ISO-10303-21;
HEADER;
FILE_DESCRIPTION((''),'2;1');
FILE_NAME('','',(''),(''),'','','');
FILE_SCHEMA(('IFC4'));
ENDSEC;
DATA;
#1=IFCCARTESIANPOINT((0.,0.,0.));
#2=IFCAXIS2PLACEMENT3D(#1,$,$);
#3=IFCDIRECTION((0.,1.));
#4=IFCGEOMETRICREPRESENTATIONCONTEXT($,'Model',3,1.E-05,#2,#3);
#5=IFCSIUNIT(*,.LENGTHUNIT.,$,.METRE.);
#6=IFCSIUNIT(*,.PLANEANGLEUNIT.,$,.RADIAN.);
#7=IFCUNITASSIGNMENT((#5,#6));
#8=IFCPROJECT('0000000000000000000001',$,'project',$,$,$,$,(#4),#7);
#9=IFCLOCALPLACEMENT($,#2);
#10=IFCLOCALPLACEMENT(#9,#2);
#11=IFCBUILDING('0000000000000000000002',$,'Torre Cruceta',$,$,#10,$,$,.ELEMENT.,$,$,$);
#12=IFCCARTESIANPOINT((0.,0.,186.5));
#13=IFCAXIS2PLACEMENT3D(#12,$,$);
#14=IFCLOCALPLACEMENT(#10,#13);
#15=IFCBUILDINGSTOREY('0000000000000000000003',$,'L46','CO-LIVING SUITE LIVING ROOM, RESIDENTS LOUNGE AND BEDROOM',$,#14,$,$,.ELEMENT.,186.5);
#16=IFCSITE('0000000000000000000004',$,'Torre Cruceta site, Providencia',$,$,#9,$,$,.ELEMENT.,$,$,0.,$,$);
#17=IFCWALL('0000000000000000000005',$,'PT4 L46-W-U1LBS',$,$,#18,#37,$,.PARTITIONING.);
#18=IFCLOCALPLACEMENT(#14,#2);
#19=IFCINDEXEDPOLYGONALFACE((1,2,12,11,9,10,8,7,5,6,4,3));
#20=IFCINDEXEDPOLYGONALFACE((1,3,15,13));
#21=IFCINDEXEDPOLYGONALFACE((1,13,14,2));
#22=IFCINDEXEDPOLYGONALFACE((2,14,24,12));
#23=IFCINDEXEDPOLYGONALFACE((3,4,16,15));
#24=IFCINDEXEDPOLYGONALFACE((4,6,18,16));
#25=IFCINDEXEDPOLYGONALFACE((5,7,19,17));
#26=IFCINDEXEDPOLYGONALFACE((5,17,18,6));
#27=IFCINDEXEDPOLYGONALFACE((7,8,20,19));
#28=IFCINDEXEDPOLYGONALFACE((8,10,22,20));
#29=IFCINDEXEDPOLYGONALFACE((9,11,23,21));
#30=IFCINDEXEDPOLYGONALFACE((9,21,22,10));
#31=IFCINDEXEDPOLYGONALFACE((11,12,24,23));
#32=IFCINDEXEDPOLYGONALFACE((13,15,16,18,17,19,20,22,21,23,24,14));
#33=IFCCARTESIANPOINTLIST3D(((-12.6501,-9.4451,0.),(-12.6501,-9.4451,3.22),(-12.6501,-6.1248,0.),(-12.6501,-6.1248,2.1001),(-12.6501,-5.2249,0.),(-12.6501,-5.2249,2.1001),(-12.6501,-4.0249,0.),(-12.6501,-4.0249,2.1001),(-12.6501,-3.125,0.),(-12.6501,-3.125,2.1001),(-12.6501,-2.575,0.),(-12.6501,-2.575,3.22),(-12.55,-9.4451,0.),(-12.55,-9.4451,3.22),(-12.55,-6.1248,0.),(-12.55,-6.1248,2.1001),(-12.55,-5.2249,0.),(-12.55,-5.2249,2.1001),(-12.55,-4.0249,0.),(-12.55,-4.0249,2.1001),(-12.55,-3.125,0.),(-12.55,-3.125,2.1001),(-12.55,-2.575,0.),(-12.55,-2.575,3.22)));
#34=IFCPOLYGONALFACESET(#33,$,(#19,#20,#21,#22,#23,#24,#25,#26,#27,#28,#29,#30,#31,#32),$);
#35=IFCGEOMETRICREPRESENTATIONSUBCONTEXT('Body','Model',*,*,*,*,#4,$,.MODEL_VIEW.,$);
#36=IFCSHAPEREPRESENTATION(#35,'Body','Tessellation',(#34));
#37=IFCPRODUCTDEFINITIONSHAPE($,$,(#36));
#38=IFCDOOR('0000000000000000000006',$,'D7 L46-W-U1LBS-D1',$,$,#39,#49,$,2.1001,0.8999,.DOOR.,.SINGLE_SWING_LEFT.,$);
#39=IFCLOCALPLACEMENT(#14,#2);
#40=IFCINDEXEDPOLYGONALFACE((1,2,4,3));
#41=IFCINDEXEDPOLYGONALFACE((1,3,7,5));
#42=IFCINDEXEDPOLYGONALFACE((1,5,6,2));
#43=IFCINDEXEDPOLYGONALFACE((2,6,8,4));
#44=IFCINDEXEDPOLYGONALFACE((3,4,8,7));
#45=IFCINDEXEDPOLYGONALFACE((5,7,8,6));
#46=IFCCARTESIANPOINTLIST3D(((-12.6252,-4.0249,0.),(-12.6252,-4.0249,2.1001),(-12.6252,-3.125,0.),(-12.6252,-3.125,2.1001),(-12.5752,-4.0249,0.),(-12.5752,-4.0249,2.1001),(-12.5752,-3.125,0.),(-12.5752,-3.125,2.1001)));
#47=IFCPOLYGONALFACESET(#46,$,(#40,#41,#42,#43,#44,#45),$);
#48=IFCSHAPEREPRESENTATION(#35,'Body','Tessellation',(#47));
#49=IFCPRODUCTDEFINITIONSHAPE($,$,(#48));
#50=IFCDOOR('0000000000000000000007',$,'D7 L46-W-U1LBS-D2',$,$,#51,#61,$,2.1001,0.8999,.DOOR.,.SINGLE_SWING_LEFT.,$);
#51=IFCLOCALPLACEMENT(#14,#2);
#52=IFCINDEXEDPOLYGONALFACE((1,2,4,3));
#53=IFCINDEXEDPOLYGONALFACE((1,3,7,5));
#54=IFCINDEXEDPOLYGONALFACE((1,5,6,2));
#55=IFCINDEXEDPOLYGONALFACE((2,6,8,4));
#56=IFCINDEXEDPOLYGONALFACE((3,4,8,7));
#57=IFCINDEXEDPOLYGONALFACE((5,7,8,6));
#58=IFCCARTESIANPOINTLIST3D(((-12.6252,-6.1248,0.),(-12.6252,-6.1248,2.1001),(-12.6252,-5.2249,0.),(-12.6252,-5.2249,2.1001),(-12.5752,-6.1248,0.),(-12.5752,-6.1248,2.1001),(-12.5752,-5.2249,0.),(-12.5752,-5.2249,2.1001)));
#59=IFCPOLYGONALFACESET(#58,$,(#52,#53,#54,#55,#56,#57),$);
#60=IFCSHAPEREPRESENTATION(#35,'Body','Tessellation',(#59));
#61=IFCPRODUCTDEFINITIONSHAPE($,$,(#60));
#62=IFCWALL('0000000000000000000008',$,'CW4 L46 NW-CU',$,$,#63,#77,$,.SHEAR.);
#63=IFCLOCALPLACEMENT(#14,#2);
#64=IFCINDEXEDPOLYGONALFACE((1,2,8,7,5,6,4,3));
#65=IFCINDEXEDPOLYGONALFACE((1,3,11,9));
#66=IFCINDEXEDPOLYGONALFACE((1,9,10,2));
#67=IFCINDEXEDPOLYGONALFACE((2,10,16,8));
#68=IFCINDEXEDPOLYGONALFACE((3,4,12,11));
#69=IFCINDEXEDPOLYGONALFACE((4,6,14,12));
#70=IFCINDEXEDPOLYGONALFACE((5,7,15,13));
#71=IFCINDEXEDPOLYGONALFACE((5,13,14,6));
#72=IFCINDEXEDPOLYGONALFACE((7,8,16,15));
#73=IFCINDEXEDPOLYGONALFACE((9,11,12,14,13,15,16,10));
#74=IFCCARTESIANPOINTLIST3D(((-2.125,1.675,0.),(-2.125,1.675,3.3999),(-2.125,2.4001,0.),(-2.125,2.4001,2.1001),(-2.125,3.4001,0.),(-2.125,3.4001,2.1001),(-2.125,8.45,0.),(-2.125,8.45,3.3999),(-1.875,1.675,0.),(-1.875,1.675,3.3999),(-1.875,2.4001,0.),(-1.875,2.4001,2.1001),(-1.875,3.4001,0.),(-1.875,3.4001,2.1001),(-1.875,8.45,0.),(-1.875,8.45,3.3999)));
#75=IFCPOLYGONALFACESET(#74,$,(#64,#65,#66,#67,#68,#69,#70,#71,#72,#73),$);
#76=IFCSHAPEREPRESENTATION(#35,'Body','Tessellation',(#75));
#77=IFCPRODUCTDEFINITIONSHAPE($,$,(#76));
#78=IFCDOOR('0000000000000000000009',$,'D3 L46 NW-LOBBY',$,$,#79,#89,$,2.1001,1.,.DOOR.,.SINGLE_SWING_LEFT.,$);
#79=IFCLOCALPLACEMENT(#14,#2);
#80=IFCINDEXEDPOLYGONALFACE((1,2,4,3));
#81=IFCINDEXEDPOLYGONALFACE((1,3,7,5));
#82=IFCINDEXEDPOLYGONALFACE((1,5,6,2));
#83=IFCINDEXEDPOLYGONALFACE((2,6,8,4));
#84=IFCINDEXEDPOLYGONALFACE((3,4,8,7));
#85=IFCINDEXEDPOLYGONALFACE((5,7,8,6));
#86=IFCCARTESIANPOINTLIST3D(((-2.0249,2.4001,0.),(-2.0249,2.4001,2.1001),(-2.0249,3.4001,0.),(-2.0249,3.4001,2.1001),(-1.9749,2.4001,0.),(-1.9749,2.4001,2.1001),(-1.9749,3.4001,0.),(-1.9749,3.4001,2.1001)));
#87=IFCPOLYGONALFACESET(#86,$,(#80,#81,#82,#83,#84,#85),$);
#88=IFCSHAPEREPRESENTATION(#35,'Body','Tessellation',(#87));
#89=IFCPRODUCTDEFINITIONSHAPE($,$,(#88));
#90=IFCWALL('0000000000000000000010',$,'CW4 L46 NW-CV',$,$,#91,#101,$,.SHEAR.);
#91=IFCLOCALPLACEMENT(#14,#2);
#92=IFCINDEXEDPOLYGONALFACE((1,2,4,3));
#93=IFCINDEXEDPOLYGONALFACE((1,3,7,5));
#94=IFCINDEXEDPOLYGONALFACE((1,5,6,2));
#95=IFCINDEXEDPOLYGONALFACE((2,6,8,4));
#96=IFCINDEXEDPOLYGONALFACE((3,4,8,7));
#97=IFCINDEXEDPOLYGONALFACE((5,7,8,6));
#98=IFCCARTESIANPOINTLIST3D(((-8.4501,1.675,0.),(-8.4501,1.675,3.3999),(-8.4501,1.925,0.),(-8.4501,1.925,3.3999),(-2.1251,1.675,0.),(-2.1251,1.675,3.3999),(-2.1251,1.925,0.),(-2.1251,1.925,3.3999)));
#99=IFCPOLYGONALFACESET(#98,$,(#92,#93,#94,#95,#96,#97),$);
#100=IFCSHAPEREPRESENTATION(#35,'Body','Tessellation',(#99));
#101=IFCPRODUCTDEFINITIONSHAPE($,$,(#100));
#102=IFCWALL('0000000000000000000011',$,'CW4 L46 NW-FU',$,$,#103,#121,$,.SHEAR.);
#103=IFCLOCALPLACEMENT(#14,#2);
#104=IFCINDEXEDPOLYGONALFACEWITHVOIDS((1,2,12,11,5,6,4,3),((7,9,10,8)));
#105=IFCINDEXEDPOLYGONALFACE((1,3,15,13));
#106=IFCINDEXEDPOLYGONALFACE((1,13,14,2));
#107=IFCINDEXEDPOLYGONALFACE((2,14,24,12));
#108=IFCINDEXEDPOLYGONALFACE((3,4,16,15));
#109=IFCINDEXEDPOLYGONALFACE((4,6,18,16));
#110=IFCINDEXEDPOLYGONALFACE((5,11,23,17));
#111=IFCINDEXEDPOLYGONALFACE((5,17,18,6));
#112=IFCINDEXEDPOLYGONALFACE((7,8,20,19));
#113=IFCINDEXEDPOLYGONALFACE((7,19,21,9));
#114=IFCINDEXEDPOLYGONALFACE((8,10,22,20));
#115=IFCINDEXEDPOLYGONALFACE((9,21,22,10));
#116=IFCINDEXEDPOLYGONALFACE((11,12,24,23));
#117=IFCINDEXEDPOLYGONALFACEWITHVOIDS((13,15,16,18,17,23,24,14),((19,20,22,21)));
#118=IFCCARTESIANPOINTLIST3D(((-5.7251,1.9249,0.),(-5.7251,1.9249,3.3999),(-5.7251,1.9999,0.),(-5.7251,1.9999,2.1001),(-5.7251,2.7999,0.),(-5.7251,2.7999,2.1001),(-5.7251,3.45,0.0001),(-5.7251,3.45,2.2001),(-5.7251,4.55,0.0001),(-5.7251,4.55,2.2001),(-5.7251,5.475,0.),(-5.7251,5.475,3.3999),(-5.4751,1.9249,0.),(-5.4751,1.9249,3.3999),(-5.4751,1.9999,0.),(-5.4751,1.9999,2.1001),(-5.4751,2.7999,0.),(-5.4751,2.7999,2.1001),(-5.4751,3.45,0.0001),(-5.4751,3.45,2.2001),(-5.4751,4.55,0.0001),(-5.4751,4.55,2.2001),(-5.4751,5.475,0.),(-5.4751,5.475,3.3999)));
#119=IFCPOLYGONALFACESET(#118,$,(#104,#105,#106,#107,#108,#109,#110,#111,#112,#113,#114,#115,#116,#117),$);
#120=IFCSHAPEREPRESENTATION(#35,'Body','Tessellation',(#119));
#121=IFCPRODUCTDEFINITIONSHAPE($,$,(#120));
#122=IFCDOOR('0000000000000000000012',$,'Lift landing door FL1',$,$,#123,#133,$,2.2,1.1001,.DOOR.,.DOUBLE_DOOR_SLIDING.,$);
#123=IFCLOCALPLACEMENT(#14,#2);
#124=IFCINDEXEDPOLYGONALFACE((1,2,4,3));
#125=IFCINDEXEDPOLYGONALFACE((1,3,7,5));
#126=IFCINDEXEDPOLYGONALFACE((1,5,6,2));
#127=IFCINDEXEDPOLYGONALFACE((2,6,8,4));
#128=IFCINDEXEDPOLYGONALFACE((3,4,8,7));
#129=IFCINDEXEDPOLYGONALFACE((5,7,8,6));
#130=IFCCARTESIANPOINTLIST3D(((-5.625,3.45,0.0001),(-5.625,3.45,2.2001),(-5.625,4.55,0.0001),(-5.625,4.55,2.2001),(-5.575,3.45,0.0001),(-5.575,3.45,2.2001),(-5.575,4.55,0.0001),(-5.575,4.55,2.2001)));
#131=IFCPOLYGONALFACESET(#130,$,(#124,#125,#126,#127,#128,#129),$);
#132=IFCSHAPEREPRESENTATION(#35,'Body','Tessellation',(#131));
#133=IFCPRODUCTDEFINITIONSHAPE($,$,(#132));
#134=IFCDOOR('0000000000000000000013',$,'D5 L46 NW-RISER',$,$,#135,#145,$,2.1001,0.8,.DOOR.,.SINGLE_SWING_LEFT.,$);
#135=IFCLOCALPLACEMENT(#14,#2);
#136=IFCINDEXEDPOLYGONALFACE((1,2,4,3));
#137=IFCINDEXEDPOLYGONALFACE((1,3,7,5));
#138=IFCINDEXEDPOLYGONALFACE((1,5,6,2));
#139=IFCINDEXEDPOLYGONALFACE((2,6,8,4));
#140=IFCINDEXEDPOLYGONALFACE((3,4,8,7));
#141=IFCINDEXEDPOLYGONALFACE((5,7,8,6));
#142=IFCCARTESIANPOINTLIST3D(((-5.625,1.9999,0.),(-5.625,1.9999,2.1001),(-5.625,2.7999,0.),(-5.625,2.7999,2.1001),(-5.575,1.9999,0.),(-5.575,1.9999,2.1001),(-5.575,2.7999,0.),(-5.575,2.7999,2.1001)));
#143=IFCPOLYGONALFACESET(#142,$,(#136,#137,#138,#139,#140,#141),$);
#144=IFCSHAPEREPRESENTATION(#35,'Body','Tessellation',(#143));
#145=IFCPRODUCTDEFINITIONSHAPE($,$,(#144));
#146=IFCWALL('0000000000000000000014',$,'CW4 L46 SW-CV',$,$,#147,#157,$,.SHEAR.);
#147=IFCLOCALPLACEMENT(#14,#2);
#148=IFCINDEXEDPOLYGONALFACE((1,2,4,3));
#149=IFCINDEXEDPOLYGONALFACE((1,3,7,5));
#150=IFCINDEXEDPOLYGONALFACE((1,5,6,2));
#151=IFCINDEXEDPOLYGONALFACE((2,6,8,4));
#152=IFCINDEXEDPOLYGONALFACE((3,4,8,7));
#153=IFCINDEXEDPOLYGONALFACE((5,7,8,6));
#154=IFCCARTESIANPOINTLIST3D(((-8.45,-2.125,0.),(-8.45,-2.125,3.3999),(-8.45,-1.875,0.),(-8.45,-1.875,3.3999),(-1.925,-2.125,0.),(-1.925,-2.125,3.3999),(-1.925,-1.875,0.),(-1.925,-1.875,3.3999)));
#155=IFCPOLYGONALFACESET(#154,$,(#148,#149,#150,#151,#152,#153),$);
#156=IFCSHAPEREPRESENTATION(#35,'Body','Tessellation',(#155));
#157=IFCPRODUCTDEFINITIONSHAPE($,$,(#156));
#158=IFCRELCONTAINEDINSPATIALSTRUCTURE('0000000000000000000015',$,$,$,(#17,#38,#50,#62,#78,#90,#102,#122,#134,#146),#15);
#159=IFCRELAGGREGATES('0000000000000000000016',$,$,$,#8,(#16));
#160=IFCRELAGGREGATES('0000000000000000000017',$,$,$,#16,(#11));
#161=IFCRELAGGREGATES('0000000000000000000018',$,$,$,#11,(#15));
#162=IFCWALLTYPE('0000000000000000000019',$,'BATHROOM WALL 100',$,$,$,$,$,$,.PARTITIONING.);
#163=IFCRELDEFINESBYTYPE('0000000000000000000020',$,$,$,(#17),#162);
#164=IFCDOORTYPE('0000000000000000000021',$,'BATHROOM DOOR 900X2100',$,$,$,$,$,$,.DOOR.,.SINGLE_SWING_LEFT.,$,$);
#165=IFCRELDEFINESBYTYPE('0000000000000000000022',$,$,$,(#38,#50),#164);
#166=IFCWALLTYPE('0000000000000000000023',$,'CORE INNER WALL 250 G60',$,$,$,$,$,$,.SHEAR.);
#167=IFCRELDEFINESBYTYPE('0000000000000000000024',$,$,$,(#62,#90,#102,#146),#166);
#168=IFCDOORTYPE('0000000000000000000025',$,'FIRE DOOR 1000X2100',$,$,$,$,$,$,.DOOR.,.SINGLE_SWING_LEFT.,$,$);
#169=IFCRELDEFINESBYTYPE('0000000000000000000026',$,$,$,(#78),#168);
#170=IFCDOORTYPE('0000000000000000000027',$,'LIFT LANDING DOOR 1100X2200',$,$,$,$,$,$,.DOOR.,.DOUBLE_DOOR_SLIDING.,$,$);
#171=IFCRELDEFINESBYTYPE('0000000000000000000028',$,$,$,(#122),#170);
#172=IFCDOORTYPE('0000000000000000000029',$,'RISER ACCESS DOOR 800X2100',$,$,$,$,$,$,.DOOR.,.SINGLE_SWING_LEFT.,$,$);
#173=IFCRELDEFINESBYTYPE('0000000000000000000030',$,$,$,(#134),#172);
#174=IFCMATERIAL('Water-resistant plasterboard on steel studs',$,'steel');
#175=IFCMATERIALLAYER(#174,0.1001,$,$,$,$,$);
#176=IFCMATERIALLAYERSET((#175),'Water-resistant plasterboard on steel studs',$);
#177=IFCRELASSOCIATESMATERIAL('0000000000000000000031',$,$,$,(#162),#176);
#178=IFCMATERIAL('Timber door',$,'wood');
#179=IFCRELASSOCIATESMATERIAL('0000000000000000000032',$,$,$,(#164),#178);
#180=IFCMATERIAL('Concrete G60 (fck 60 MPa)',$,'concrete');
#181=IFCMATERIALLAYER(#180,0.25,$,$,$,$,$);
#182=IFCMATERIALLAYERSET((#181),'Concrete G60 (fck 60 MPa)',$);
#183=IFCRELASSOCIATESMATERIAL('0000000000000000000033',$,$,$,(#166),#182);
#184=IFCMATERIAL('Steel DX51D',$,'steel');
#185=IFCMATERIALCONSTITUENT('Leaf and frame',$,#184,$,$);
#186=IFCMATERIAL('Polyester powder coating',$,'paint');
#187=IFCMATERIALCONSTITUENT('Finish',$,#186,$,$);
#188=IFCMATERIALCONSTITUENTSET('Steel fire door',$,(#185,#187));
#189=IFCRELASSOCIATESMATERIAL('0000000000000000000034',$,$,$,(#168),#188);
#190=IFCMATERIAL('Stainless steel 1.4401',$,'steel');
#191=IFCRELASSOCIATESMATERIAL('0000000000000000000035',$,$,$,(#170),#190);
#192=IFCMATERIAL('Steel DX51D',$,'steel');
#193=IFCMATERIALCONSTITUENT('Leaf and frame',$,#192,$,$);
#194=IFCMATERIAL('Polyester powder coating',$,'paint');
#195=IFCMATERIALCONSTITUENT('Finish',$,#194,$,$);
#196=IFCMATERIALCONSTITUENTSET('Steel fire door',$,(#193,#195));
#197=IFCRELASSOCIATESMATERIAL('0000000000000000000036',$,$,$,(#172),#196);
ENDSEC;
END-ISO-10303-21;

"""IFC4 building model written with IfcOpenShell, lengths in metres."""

from ifc_helpers import new_model, si_unit, direction, frame, frame_2d, origin, place, context, subcontext, project, spatial, rectangle, extrude, material, layer, layer_set, constituent, constituent_set, type_object, element, fill, save


model = new_model("IFC4")

# Units and contexts
model_context = context("Model", 3, precision=1e-05, world=origin(), true_north=direction((0.0, 1.0)))
body_context = subcontext(model_context, "Body", "Model", "MODEL_VIEW")
ifc_project = project(units=[si_unit("LENGTHUNIT", "METRE"), si_unit("PLANEANGLEUNIT", "RADIAN")], contexts=[model_context])

# Site, building, storey
site_placement = place(None, origin())
site = spatial("IfcSite", under=ifc_project, at=site_placement, Name="Torre Cruceta site, Providencia", CompositionType="ELEMENT", RefElevation=0.0)
building_placement = place(site_placement, origin())
building = spatial("IfcBuilding", under=site, at=building_placement, Name="Torre Cruceta", CompositionType="ELEMENT")
storey_placement = place(building_placement, frame((0.0, 0.0, 186.5)))
storey = spatial("IfcBuildingStorey", under=building, at=storey_placement, Name="L46", Description="CO-LIVING SUITE LIVING ROOM, RESIDENTS LOUNGE AND BEDROOM", CompositionType="ELEMENT", Elevation=186.5)

# Wall, openings, doors
ifc_material_1 = material(Name="Water-resistant plasterboard on steel studs", Category="steel")
ifc_layer_1 = layer(ifc_material_1, 0.1001)
ifc_layer_set_1 = layer_set([ifc_layer_1], Name="Water-resistant plasterboard on steel studs")
wall_type_1 = type_object("IfcWallType", Name="BATHROOM WALL 100", PredefinedType="PARTITIONING", material=ifc_layer_set_1)
wall_1_placement = place(storey_placement, frame((-12.6001, -2.575, 0.0), z_axis=(0.0, 0.0, 1.0), x_axis=(0.0, -1.0, 0.0)))
wall_1 = element("IfcWall", 1, at=wall_1_placement, inside=storey, type_object=wall_type_1, Name="PT4 L46-W-U1LBS", PredefinedType="PARTITIONING", context=body_context, shape_type="SweptSolid", body=[
    extrude(rectangle(XDim=6.8701, YDim=0.1001, at=frame_2d((3.4351, 0.0))), origin(), (0.0, 0.0, 1.0), 3.22),
])
opening_1_placement = place(wall_1_placement, frame((0.55, 0.0, 0.0)))
opening_1 = element("IfcOpeningElement", 2, at=opening_1_placement, cuts=wall_1, PredefinedType="OPENING", context=body_context, shape_type="SweptSolid", body=[
    extrude(rectangle(XDim=0.8999, YDim=2.1001, at=frame_2d((0.45, 1.05))), frame((0.0, 0.0601, 0.0), z_axis=(0.0, -1.0, 0.0), x_axis=(1.0, 0.0, 0.0)), (0.0, 0.0, 1.0), 0.1201),
])
opening_2_placement = place(wall_1_placement, frame((2.6499, 0.0, 0.0)))
opening_2 = element("IfcOpeningElement", 3, at=opening_2_placement, cuts=wall_1, PredefinedType="OPENING", context=body_context, shape_type="SweptSolid", body=[
    extrude(rectangle(XDim=0.8999, YDim=2.1001, at=frame_2d((0.45, 1.05))), frame((0.0, 0.0601, 0.0), z_axis=(0.0, -1.0, 0.0), x_axis=(1.0, 0.0, 0.0)), (0.0, 0.0, 1.0), 0.1201),
])
ifc_material_2 = material(Name="Timber door", Category="wood")
door_type_1 = type_object("IfcDoorType", Name="BATHROOM DOOR 900X2100", OperationType="SINGLE_SWING_LEFT", PredefinedType="DOOR", material=ifc_material_2)
door_1_placement = place(opening_1_placement, origin())
door_1 = element("IfcDoor", 4, at=door_1_placement, inside=storey, type_object=door_type_1, Name="D7 L46-W-U1LBS-D1", OperationType="SINGLE_SWING_LEFT", OverallHeight=2.1001, OverallWidth=0.8999, PredefinedType="DOOR", context=body_context, shape_type="SweptSolid", body=[
    extrude(rectangle(XDim=0.8999, YDim=2.1001, at=frame_2d((0.45, 1.05))), frame((0.0, 0.0249, 0.0), z_axis=(0.0, -1.0, 0.0), x_axis=(1.0, 0.0, 0.0)), (0.0, 0.0, 1.0), 0.05),
])
fill(opening_1, door_1)
door_2_placement = place(opening_2_placement, origin())
door_2 = element("IfcDoor", 5, at=door_2_placement, inside=storey, type_object=door_type_1, Name="D7 L46-W-U1LBS-D2", OperationType="SINGLE_SWING_LEFT", OverallHeight=2.1001, OverallWidth=0.8999, PredefinedType="DOOR", context=body_context, shape_type="SweptSolid", body=[
    extrude(rectangle(XDim=0.8999, YDim=2.1001, at=frame_2d((0.45, 1.05))), frame((0.0, 0.0249, 0.0), z_axis=(0.0, -1.0, 0.0), x_axis=(1.0, 0.0, 0.0)), (0.0, 0.0, 1.0), 0.05),
])
fill(opening_2, door_2)

# Wall, opening, door
ifc_material_3 = material(Name="Concrete G60 (fck 60 MPa)", Category="concrete")
ifc_layer_2 = layer(ifc_material_3, 0.25)
ifc_layer_set_2 = layer_set([ifc_layer_2], Name="Concrete G60 (fck 60 MPa)")
wall_type_2 = type_object("IfcWallType", Name="CORE INNER WALL 250 G60", PredefinedType="SHEAR", material=ifc_layer_set_2)
wall_2_placement = place(storey_placement, frame((-2.0, 1.675, 0.0), z_axis=(0.0, 0.0, 1.0), x_axis=(0.0, 1.0, 0.0)))
wall_2 = element("IfcWall", 6, at=wall_2_placement, inside=storey, type_object=wall_type_2, Name="CW4 L46 NW-CU", PredefinedType="SHEAR", context=body_context, shape_type="SweptSolid", body=[
    extrude(rectangle(XDim=6.7749, YDim=0.25, at=frame_2d((3.3875, 0.0))), origin(), (0.0, 0.0, 1.0), 3.3999),
])
opening_3_placement = place(wall_2_placement, frame((0.7251, 0.0, 0.0)))
opening_3 = element("IfcOpeningElement", 7, at=opening_3_placement, cuts=wall_2, PredefinedType="OPENING", context=body_context, shape_type="SweptSolid", body=[
    extrude(rectangle(XDim=1.0, YDim=2.1001, at=frame_2d((0.5, 1.05))), frame((0.0, 0.135, 0.0), z_axis=(0.0, -1.0, 0.0), x_axis=(1.0, 0.0, 0.0)), (0.0, 0.0, 1.0), 0.27),
])
ifc_material_4 = material(Name="Steel DX51D", Category="steel")
ifc_constituent_1 = constituent(ifc_material_4, Name="Leaf and frame")
ifc_material_5 = material(Name="Polyester powder coating", Category="paint")
ifc_constituent_2 = constituent(ifc_material_5, Name="Finish")
ifc_constituent_set_1 = constituent_set(constituents=[ifc_constituent_1, ifc_constituent_2], Name="Steel fire door")
door_type_2 = type_object("IfcDoorType", Name="FIRE DOOR 1000X2100", OperationType="SINGLE_SWING_LEFT", PredefinedType="DOOR", material=ifc_constituent_set_1)
door_3_placement = place(opening_3_placement, origin())
door_3 = element("IfcDoor", 8, at=door_3_placement, inside=storey, type_object=door_type_2, Name="D3 L46 NW-LOBBY", OperationType="SINGLE_SWING_LEFT", OverallHeight=2.1001, OverallWidth=1.0, PredefinedType="DOOR", context=body_context, shape_type="SweptSolid", body=[
    extrude(rectangle(XDim=1.0, YDim=2.1001, at=frame_2d((0.5, 1.05))), frame((0.0, 0.0249, 0.0), z_axis=(0.0, -1.0, 0.0), x_axis=(1.0, 0.0, 0.0)), (0.0, 0.0, 1.0), 0.05),
])
fill(opening_3, door_3)

# Wall
wall_3_placement = place(storey_placement, frame((-2.125, 1.8, 0.0), z_axis=(0.0, 0.0, 1.0), x_axis=(-1.0, 0.0, 0.0)))
element("IfcWall", 9, at=wall_3_placement, inside=storey, type_object=wall_type_2, Name="CW4 L46 NW-CV", PredefinedType="SHEAR", context=body_context, shape_type="SweptSolid", body=[
    extrude(rectangle(XDim=6.325, YDim=0.25, at=frame_2d((3.1626, 0.0))), origin(), (0.0, 0.0, 1.0), 3.3999),
])

# Wall, openings, doors
wall_4_placement = place(storey_placement, frame((-5.6001, 1.925, 0.0), z_axis=(0.0, 0.0, 1.0), x_axis=(0.0, 1.0, 0.0)))
wall_4 = element("IfcWall", 10, at=wall_4_placement, inside=storey, type_object=wall_type_2, Name="CW4 L46 NW-FU", PredefinedType="SHEAR", context=body_context, shape_type="SweptSolid", body=[
    extrude(rectangle(XDim=3.55, YDim=0.25, at=frame_2d((1.7749, 0.0))), origin(), (0.0, 0.0, 1.0), 3.3999),
])
opening_4_placement = place(wall_4_placement, frame((1.5249, 0.0, 0.0)))
opening_4 = element("IfcOpeningElement", 11, at=opening_4_placement, cuts=wall_4, PredefinedType="OPENING", context=body_context, shape_type="SweptSolid", body=[
    extrude(rectangle(XDim=1.1001, YDim=2.2, at=frame_2d((0.55, 1.1001))), frame((0.0, 0.135, 0.0), z_axis=(0.0, -1.0, 0.0), x_axis=(1.0, 0.0, 0.0)), (0.0, 0.0, 1.0), 0.27),
])
opening_5_placement = place(wall_4_placement, frame((0.075, 0.0, 0.0)))
opening_5 = element("IfcOpeningElement", 12, at=opening_5_placement, cuts=wall_4, PredefinedType="OPENING", context=body_context, shape_type="SweptSolid", body=[
    extrude(rectangle(XDim=0.8, YDim=2.1001, at=frame_2d((0.3999, 1.05))), frame((0.0, 0.135, 0.0), z_axis=(0.0, -1.0, 0.0), x_axis=(1.0, 0.0, 0.0)), (0.0, 0.0, 1.0), 0.27),
])
ifc_material_6 = material(Name="Stainless steel 1.4401", Category="steel")
door_type_3 = type_object("IfcDoorType", Name="LIFT LANDING DOOR 1100X2200", OperationType="DOUBLE_DOOR_SLIDING", PredefinedType="DOOR", material=ifc_material_6)
door_4_placement = place(opening_4_placement, origin())
door_4 = element("IfcDoor", 13, at=door_4_placement, inside=storey, type_object=door_type_3, Name="Lift landing door FL1", OperationType="DOUBLE_DOOR_SLIDING", OverallHeight=2.2, OverallWidth=1.1001, PredefinedType="DOOR", context=body_context, shape_type="SweptSolid", body=[
    extrude(rectangle(XDim=1.1001, YDim=2.2, at=frame_2d((0.55, 1.1001))), frame((0.0, 0.0249, 0.0), z_axis=(0.0, -1.0, 0.0), x_axis=(1.0, 0.0, 0.0)), (0.0, 0.0, 1.0), 0.05),
])
fill(opening_4, door_4)
ifc_material_7 = material(Name="Steel DX51D", Category="steel")
ifc_constituent_3 = constituent(ifc_material_7, Name="Leaf and frame")
ifc_material_8 = material(Name="Polyester powder coating", Category="paint")
ifc_constituent_4 = constituent(ifc_material_8, Name="Finish")
ifc_constituent_set_2 = constituent_set(constituents=[ifc_constituent_3, ifc_constituent_4], Name="Steel fire door")
door_type_4 = type_object("IfcDoorType", Name="RISER ACCESS DOOR 800X2100", OperationType="SINGLE_SWING_LEFT", PredefinedType="DOOR", material=ifc_constituent_set_2)
door_5_placement = place(opening_5_placement, origin())
door_5 = element("IfcDoor", 14, at=door_5_placement, inside=storey, type_object=door_type_4, Name="D5 L46 NW-RISER", OperationType="SINGLE_SWING_LEFT", OverallHeight=2.1001, OverallWidth=0.8, PredefinedType="DOOR", context=body_context, shape_type="SweptSolid", body=[
    extrude(rectangle(XDim=0.8, YDim=2.1001, at=frame_2d((0.3999, 1.05))), frame((0.0, 0.0249, 0.0), z_axis=(0.0, -1.0, 0.0), x_axis=(1.0, 0.0, 0.0)), (0.0, 0.0, 1.0), 0.05),
])
fill(opening_5, door_5)

# Wall
wall_5_placement = place(storey_placement, frame((-1.925, -2.0, 0.0), z_axis=(0.0, 0.0, 1.0), x_axis=(-1.0, 0.0, 0.0)))
element("IfcWall", 15, at=wall_5_placement, inside=storey, type_object=wall_type_2, Name="CW4 L46 SW-CV", PredefinedType="SHEAR", context=body_context, shape_type="SweptSolid", body=[
    extrude(rectangle(XDim=6.5249, YDim=0.25, at=frame_2d((3.2625, 0.0))), origin(), (0.0, 0.0, 1.0), 3.3999),
])

save(model, "model.ifc")
